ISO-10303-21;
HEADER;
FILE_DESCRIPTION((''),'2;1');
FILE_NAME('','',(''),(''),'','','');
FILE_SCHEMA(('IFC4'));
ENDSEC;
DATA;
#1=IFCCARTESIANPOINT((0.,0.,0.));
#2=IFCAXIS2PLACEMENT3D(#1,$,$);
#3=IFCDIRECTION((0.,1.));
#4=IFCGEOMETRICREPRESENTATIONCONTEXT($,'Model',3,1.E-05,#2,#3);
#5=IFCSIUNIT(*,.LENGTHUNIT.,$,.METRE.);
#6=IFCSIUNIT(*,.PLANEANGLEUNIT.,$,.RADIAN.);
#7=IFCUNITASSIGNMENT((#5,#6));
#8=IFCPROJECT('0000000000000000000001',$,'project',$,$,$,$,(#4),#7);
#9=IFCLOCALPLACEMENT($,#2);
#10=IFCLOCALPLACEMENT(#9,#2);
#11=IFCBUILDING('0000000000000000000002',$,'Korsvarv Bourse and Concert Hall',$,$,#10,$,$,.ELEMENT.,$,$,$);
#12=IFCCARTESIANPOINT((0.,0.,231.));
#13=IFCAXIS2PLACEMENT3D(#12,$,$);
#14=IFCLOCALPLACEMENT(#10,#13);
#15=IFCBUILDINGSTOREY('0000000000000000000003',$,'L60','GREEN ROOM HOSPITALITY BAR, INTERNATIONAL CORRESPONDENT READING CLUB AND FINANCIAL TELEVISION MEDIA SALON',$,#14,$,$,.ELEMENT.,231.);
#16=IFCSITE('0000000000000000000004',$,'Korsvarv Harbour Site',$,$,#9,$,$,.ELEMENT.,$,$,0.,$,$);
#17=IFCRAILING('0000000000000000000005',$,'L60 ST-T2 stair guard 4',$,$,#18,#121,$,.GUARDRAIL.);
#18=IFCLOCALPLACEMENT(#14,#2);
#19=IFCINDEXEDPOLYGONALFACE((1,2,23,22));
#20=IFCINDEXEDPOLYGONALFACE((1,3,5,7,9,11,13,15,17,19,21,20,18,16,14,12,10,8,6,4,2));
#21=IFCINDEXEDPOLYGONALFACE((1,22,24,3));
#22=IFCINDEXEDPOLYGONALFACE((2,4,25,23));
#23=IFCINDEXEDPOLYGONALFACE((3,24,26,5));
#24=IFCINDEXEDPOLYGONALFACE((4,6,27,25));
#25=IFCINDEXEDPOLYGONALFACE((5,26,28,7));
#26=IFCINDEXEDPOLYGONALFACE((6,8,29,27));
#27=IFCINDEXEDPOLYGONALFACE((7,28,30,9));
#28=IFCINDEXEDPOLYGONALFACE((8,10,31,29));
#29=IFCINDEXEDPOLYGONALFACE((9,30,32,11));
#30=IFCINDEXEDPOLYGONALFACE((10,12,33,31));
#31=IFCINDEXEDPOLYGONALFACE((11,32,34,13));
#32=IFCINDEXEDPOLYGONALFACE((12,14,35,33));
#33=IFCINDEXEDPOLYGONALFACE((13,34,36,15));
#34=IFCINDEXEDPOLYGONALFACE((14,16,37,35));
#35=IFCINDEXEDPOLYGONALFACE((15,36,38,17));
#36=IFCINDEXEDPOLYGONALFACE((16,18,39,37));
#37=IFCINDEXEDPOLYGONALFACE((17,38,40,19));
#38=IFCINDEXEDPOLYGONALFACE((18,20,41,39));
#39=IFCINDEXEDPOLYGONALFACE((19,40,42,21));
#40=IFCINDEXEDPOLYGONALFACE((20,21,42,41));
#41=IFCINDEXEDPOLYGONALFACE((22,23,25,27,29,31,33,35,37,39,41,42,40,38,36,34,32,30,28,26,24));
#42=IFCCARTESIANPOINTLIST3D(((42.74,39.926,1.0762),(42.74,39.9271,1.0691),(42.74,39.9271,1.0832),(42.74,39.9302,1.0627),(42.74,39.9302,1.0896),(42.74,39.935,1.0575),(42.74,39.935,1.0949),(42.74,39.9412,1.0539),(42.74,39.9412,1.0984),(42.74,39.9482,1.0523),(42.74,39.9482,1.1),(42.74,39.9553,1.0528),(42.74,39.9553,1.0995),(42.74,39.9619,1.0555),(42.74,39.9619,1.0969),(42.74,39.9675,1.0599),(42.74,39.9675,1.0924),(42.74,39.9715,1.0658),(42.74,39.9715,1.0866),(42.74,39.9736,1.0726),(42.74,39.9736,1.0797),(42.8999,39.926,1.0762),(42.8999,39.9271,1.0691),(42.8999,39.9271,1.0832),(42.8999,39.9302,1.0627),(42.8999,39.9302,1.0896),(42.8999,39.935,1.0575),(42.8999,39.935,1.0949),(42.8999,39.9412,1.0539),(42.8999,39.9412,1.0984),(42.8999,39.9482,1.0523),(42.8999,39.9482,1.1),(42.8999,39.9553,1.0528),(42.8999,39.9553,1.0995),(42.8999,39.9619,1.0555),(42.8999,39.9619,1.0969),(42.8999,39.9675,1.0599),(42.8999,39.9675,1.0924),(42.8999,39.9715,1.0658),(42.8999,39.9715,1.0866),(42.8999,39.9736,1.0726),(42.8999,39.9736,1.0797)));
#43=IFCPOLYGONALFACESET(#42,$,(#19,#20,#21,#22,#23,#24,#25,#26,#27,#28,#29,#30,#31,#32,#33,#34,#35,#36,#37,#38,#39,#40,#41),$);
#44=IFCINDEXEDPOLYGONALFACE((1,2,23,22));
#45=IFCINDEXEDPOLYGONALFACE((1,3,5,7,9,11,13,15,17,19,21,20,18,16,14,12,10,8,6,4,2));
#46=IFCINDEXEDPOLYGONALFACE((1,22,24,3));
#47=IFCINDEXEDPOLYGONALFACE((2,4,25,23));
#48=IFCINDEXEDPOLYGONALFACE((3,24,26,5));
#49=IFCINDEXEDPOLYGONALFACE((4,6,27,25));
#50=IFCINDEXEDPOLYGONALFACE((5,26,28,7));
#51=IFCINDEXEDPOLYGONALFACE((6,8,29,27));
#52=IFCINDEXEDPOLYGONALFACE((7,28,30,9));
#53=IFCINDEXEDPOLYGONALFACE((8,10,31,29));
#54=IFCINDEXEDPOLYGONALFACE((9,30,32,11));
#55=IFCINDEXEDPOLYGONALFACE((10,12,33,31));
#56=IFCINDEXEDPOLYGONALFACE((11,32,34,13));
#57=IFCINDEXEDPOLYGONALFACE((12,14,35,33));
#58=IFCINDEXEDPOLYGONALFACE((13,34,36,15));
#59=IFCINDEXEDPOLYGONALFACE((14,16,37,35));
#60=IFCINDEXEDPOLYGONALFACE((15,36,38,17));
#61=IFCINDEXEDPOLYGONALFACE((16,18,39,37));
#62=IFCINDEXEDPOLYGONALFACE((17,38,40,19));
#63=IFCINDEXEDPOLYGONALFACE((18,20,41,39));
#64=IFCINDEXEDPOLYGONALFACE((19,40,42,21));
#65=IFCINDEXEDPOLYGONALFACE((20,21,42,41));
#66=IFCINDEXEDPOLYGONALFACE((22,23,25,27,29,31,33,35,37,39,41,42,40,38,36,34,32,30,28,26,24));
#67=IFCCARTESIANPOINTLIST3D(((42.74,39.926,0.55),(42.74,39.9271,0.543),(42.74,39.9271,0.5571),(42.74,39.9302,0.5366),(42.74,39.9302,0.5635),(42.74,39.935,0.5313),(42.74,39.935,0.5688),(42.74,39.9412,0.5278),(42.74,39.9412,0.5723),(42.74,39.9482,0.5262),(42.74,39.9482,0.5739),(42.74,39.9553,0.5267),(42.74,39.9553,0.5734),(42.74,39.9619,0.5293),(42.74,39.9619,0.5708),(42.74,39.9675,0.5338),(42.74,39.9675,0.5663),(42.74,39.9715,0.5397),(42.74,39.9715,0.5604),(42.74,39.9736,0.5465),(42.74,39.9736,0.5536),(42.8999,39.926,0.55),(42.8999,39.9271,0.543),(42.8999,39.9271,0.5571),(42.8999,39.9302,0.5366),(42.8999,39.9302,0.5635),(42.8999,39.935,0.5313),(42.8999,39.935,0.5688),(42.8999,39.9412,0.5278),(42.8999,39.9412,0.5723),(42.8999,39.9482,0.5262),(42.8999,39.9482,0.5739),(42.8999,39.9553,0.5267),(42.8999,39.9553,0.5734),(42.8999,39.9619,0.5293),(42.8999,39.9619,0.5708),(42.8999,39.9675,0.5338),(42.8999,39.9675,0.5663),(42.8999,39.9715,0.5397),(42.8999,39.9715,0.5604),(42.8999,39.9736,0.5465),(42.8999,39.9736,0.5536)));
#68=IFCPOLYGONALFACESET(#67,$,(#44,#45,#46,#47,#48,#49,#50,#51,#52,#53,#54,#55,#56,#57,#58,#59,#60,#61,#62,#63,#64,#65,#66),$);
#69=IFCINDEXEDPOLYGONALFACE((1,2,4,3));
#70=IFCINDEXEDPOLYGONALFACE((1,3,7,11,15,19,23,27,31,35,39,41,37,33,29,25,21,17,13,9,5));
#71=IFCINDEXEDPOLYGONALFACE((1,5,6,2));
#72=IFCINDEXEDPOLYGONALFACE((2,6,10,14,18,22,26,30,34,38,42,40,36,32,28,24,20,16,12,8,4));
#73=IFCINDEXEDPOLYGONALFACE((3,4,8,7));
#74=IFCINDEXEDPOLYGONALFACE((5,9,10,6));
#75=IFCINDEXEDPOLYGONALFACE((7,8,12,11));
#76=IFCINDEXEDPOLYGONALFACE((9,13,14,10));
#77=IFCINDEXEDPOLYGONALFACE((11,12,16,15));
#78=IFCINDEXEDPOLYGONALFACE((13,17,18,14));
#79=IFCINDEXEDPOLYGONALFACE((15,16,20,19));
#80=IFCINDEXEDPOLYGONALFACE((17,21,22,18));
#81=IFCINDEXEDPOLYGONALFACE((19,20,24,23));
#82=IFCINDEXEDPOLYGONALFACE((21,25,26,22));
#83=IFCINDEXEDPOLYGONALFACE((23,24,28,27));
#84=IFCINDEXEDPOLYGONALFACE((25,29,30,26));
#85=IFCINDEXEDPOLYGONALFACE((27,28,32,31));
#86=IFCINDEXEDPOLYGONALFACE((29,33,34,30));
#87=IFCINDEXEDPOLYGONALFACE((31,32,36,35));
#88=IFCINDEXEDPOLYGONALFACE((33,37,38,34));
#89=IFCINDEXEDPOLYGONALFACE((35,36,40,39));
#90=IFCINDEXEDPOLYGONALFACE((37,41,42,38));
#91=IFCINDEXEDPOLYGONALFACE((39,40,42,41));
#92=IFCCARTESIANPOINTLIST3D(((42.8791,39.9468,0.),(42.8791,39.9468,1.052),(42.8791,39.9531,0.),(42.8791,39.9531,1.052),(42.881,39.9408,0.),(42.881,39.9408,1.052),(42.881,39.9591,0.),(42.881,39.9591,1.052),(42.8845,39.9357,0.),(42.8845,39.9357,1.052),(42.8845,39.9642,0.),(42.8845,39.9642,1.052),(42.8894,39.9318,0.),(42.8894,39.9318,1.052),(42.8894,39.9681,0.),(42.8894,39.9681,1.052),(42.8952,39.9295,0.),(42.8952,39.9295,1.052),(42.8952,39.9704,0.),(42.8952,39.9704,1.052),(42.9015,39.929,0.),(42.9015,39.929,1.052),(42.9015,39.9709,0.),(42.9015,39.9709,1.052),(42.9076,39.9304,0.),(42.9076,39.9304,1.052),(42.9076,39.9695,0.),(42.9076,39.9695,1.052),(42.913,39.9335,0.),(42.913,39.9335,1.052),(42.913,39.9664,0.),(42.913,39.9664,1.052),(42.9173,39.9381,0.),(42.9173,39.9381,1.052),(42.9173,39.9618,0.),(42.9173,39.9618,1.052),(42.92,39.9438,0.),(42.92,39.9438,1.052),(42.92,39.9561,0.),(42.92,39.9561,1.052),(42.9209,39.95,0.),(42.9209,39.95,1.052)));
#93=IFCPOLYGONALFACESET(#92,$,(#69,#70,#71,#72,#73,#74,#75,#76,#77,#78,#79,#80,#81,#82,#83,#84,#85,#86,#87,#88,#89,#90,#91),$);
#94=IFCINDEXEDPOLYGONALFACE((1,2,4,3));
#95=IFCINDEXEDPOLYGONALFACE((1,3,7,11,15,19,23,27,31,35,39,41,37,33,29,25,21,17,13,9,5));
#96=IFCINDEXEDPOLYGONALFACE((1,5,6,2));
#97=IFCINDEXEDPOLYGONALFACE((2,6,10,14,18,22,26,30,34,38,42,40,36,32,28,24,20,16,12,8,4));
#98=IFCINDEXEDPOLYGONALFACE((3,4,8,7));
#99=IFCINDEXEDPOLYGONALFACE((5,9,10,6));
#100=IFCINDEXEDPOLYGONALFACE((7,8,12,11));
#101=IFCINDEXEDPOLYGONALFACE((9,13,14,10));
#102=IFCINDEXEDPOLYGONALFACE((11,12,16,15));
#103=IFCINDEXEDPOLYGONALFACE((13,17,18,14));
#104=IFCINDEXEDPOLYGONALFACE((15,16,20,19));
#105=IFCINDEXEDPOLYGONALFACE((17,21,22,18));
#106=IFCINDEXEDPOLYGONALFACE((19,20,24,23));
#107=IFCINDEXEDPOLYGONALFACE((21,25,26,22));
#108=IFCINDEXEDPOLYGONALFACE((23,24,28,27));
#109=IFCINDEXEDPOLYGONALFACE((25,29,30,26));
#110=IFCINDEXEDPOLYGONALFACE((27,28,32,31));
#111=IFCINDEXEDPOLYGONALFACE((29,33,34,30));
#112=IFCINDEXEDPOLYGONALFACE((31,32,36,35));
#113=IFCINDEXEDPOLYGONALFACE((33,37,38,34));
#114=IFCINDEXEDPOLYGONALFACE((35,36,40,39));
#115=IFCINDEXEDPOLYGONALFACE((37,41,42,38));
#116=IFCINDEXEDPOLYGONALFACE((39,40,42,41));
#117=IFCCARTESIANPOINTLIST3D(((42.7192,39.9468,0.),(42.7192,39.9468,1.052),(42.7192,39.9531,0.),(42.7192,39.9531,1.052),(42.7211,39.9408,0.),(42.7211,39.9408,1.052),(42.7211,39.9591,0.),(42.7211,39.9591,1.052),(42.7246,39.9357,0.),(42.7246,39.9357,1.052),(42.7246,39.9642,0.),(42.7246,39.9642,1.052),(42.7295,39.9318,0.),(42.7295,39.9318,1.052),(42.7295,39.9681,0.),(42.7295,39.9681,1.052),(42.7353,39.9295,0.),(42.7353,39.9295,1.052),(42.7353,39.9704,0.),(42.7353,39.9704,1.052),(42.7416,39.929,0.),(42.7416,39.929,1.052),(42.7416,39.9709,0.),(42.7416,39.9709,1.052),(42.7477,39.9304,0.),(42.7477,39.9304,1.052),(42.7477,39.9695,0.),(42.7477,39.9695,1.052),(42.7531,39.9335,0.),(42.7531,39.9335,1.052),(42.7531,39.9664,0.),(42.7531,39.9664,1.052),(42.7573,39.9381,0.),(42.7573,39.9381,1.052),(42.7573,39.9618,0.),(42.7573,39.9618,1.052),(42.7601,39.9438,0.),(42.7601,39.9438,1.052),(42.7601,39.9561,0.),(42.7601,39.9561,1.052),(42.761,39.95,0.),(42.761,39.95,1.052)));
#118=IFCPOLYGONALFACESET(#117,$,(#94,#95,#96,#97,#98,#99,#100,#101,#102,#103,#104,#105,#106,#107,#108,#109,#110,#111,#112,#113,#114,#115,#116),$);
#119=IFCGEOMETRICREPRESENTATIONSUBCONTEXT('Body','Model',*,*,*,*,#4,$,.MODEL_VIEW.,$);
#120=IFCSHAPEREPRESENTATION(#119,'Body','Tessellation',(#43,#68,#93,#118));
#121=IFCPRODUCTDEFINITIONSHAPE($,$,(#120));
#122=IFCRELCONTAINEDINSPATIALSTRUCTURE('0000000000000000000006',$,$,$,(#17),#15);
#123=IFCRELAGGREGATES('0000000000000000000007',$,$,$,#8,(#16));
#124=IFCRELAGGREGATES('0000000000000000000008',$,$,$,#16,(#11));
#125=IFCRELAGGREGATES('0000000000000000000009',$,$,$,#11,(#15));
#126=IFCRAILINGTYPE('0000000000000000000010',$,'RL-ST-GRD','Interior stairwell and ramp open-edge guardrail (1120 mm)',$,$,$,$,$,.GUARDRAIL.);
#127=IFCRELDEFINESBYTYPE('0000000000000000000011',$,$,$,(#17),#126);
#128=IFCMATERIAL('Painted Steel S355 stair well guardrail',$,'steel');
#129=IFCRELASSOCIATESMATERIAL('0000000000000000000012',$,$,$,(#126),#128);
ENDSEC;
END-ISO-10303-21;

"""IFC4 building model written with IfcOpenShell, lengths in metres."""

from ifc_helpers import new_model, si_unit, direction, frame, origin, origin_2d, place, context, subcontext, project, spatial, circle, extrude, material, type_object, element, save


model = new_model("IFC4")

# Units and contexts
model_context = context("Model", 3, precision=1e-05, world=origin(), true_north=direction((0.0, 1.0)))
body_context = subcontext(model_context, "Body", "Model", "MODEL_VIEW")
ifc_project = project(units=[si_unit("LENGTHUNIT", "METRE"), si_unit("PLANEANGLEUNIT", "RADIAN")], contexts=[model_context])

# Site, building, storey
site_placement = place(None, origin())
site = spatial("IfcSite", under=ifc_project, at=site_placement, Name="Korsvarv Harbour Site", CompositionType="ELEMENT", RefElevation=0.0)
building_placement = place(site_placement, origin())
building = spatial("IfcBuilding", under=site, at=building_placement, Name="Korsvarv Bourse and Concert Hall", CompositionType="ELEMENT")
storey_placement = place(building_placement, frame((0.0, 0.0, 231.0)))
storey = spatial("IfcBuildingStorey", under=building, at=storey_placement, Name="L60", Description="GREEN ROOM HOSPITALITY BAR, INTERNATIONAL CORRESPONDENT READING CLUB AND FINANCIAL TELEVISION MEDIA SALON", CompositionType="ELEMENT", Elevation=231.0)

# Railing
ifc_material_1 = material(Name="Painted Steel S355 stair well guardrail", Category="steel")
railing_type_1 = type_object("IfcRailingType", Name="RL-ST-GRD", Description="Interior stairwell and ramp open-edge guardrail (1120 mm)", PredefinedType="GUARDRAIL", material=ifc_material_1)
railing_1_placement = place(storey_placement, frame((42.8999, 39.95, 0.0)))
element("IfcRailing", 1, at=railing_1_placement, inside=storey, type_object=railing_type_1, Name="L60 ST-T2 stair guard 4", PredefinedType="GUARDRAIL", context=body_context, shape_type="SweptSolid", body=[
    extrude(circle(Radius=0.0239, at=origin_2d()), frame((0.0, 0.0, 1.0762), z_axis=(-1.0, 0.0, 0.0), x_axis=(0.0, -1.0, 0.0)), (0.0, 0.0, 1.0), 0.1599),
    extrude(circle(Radius=0.0239, at=origin_2d()), frame((0.0, 0.0, 0.55), z_axis=(-1.0, 0.0, 0.0), x_axis=(0.0, -1.0, 0.0)), (0.0, 0.0, 1.0), 0.1599),
    extrude(circle(Radius=0.021, at=origin_2d()), origin(), (0.0, 0.0, 1.0), 1.052),
    extrude(circle(Radius=0.021, at=origin_2d()), frame((-0.1599, 0.0, 0.0)), (0.0, 0.0, 1.0), 1.052),
])

save(model, "model.ifc")
